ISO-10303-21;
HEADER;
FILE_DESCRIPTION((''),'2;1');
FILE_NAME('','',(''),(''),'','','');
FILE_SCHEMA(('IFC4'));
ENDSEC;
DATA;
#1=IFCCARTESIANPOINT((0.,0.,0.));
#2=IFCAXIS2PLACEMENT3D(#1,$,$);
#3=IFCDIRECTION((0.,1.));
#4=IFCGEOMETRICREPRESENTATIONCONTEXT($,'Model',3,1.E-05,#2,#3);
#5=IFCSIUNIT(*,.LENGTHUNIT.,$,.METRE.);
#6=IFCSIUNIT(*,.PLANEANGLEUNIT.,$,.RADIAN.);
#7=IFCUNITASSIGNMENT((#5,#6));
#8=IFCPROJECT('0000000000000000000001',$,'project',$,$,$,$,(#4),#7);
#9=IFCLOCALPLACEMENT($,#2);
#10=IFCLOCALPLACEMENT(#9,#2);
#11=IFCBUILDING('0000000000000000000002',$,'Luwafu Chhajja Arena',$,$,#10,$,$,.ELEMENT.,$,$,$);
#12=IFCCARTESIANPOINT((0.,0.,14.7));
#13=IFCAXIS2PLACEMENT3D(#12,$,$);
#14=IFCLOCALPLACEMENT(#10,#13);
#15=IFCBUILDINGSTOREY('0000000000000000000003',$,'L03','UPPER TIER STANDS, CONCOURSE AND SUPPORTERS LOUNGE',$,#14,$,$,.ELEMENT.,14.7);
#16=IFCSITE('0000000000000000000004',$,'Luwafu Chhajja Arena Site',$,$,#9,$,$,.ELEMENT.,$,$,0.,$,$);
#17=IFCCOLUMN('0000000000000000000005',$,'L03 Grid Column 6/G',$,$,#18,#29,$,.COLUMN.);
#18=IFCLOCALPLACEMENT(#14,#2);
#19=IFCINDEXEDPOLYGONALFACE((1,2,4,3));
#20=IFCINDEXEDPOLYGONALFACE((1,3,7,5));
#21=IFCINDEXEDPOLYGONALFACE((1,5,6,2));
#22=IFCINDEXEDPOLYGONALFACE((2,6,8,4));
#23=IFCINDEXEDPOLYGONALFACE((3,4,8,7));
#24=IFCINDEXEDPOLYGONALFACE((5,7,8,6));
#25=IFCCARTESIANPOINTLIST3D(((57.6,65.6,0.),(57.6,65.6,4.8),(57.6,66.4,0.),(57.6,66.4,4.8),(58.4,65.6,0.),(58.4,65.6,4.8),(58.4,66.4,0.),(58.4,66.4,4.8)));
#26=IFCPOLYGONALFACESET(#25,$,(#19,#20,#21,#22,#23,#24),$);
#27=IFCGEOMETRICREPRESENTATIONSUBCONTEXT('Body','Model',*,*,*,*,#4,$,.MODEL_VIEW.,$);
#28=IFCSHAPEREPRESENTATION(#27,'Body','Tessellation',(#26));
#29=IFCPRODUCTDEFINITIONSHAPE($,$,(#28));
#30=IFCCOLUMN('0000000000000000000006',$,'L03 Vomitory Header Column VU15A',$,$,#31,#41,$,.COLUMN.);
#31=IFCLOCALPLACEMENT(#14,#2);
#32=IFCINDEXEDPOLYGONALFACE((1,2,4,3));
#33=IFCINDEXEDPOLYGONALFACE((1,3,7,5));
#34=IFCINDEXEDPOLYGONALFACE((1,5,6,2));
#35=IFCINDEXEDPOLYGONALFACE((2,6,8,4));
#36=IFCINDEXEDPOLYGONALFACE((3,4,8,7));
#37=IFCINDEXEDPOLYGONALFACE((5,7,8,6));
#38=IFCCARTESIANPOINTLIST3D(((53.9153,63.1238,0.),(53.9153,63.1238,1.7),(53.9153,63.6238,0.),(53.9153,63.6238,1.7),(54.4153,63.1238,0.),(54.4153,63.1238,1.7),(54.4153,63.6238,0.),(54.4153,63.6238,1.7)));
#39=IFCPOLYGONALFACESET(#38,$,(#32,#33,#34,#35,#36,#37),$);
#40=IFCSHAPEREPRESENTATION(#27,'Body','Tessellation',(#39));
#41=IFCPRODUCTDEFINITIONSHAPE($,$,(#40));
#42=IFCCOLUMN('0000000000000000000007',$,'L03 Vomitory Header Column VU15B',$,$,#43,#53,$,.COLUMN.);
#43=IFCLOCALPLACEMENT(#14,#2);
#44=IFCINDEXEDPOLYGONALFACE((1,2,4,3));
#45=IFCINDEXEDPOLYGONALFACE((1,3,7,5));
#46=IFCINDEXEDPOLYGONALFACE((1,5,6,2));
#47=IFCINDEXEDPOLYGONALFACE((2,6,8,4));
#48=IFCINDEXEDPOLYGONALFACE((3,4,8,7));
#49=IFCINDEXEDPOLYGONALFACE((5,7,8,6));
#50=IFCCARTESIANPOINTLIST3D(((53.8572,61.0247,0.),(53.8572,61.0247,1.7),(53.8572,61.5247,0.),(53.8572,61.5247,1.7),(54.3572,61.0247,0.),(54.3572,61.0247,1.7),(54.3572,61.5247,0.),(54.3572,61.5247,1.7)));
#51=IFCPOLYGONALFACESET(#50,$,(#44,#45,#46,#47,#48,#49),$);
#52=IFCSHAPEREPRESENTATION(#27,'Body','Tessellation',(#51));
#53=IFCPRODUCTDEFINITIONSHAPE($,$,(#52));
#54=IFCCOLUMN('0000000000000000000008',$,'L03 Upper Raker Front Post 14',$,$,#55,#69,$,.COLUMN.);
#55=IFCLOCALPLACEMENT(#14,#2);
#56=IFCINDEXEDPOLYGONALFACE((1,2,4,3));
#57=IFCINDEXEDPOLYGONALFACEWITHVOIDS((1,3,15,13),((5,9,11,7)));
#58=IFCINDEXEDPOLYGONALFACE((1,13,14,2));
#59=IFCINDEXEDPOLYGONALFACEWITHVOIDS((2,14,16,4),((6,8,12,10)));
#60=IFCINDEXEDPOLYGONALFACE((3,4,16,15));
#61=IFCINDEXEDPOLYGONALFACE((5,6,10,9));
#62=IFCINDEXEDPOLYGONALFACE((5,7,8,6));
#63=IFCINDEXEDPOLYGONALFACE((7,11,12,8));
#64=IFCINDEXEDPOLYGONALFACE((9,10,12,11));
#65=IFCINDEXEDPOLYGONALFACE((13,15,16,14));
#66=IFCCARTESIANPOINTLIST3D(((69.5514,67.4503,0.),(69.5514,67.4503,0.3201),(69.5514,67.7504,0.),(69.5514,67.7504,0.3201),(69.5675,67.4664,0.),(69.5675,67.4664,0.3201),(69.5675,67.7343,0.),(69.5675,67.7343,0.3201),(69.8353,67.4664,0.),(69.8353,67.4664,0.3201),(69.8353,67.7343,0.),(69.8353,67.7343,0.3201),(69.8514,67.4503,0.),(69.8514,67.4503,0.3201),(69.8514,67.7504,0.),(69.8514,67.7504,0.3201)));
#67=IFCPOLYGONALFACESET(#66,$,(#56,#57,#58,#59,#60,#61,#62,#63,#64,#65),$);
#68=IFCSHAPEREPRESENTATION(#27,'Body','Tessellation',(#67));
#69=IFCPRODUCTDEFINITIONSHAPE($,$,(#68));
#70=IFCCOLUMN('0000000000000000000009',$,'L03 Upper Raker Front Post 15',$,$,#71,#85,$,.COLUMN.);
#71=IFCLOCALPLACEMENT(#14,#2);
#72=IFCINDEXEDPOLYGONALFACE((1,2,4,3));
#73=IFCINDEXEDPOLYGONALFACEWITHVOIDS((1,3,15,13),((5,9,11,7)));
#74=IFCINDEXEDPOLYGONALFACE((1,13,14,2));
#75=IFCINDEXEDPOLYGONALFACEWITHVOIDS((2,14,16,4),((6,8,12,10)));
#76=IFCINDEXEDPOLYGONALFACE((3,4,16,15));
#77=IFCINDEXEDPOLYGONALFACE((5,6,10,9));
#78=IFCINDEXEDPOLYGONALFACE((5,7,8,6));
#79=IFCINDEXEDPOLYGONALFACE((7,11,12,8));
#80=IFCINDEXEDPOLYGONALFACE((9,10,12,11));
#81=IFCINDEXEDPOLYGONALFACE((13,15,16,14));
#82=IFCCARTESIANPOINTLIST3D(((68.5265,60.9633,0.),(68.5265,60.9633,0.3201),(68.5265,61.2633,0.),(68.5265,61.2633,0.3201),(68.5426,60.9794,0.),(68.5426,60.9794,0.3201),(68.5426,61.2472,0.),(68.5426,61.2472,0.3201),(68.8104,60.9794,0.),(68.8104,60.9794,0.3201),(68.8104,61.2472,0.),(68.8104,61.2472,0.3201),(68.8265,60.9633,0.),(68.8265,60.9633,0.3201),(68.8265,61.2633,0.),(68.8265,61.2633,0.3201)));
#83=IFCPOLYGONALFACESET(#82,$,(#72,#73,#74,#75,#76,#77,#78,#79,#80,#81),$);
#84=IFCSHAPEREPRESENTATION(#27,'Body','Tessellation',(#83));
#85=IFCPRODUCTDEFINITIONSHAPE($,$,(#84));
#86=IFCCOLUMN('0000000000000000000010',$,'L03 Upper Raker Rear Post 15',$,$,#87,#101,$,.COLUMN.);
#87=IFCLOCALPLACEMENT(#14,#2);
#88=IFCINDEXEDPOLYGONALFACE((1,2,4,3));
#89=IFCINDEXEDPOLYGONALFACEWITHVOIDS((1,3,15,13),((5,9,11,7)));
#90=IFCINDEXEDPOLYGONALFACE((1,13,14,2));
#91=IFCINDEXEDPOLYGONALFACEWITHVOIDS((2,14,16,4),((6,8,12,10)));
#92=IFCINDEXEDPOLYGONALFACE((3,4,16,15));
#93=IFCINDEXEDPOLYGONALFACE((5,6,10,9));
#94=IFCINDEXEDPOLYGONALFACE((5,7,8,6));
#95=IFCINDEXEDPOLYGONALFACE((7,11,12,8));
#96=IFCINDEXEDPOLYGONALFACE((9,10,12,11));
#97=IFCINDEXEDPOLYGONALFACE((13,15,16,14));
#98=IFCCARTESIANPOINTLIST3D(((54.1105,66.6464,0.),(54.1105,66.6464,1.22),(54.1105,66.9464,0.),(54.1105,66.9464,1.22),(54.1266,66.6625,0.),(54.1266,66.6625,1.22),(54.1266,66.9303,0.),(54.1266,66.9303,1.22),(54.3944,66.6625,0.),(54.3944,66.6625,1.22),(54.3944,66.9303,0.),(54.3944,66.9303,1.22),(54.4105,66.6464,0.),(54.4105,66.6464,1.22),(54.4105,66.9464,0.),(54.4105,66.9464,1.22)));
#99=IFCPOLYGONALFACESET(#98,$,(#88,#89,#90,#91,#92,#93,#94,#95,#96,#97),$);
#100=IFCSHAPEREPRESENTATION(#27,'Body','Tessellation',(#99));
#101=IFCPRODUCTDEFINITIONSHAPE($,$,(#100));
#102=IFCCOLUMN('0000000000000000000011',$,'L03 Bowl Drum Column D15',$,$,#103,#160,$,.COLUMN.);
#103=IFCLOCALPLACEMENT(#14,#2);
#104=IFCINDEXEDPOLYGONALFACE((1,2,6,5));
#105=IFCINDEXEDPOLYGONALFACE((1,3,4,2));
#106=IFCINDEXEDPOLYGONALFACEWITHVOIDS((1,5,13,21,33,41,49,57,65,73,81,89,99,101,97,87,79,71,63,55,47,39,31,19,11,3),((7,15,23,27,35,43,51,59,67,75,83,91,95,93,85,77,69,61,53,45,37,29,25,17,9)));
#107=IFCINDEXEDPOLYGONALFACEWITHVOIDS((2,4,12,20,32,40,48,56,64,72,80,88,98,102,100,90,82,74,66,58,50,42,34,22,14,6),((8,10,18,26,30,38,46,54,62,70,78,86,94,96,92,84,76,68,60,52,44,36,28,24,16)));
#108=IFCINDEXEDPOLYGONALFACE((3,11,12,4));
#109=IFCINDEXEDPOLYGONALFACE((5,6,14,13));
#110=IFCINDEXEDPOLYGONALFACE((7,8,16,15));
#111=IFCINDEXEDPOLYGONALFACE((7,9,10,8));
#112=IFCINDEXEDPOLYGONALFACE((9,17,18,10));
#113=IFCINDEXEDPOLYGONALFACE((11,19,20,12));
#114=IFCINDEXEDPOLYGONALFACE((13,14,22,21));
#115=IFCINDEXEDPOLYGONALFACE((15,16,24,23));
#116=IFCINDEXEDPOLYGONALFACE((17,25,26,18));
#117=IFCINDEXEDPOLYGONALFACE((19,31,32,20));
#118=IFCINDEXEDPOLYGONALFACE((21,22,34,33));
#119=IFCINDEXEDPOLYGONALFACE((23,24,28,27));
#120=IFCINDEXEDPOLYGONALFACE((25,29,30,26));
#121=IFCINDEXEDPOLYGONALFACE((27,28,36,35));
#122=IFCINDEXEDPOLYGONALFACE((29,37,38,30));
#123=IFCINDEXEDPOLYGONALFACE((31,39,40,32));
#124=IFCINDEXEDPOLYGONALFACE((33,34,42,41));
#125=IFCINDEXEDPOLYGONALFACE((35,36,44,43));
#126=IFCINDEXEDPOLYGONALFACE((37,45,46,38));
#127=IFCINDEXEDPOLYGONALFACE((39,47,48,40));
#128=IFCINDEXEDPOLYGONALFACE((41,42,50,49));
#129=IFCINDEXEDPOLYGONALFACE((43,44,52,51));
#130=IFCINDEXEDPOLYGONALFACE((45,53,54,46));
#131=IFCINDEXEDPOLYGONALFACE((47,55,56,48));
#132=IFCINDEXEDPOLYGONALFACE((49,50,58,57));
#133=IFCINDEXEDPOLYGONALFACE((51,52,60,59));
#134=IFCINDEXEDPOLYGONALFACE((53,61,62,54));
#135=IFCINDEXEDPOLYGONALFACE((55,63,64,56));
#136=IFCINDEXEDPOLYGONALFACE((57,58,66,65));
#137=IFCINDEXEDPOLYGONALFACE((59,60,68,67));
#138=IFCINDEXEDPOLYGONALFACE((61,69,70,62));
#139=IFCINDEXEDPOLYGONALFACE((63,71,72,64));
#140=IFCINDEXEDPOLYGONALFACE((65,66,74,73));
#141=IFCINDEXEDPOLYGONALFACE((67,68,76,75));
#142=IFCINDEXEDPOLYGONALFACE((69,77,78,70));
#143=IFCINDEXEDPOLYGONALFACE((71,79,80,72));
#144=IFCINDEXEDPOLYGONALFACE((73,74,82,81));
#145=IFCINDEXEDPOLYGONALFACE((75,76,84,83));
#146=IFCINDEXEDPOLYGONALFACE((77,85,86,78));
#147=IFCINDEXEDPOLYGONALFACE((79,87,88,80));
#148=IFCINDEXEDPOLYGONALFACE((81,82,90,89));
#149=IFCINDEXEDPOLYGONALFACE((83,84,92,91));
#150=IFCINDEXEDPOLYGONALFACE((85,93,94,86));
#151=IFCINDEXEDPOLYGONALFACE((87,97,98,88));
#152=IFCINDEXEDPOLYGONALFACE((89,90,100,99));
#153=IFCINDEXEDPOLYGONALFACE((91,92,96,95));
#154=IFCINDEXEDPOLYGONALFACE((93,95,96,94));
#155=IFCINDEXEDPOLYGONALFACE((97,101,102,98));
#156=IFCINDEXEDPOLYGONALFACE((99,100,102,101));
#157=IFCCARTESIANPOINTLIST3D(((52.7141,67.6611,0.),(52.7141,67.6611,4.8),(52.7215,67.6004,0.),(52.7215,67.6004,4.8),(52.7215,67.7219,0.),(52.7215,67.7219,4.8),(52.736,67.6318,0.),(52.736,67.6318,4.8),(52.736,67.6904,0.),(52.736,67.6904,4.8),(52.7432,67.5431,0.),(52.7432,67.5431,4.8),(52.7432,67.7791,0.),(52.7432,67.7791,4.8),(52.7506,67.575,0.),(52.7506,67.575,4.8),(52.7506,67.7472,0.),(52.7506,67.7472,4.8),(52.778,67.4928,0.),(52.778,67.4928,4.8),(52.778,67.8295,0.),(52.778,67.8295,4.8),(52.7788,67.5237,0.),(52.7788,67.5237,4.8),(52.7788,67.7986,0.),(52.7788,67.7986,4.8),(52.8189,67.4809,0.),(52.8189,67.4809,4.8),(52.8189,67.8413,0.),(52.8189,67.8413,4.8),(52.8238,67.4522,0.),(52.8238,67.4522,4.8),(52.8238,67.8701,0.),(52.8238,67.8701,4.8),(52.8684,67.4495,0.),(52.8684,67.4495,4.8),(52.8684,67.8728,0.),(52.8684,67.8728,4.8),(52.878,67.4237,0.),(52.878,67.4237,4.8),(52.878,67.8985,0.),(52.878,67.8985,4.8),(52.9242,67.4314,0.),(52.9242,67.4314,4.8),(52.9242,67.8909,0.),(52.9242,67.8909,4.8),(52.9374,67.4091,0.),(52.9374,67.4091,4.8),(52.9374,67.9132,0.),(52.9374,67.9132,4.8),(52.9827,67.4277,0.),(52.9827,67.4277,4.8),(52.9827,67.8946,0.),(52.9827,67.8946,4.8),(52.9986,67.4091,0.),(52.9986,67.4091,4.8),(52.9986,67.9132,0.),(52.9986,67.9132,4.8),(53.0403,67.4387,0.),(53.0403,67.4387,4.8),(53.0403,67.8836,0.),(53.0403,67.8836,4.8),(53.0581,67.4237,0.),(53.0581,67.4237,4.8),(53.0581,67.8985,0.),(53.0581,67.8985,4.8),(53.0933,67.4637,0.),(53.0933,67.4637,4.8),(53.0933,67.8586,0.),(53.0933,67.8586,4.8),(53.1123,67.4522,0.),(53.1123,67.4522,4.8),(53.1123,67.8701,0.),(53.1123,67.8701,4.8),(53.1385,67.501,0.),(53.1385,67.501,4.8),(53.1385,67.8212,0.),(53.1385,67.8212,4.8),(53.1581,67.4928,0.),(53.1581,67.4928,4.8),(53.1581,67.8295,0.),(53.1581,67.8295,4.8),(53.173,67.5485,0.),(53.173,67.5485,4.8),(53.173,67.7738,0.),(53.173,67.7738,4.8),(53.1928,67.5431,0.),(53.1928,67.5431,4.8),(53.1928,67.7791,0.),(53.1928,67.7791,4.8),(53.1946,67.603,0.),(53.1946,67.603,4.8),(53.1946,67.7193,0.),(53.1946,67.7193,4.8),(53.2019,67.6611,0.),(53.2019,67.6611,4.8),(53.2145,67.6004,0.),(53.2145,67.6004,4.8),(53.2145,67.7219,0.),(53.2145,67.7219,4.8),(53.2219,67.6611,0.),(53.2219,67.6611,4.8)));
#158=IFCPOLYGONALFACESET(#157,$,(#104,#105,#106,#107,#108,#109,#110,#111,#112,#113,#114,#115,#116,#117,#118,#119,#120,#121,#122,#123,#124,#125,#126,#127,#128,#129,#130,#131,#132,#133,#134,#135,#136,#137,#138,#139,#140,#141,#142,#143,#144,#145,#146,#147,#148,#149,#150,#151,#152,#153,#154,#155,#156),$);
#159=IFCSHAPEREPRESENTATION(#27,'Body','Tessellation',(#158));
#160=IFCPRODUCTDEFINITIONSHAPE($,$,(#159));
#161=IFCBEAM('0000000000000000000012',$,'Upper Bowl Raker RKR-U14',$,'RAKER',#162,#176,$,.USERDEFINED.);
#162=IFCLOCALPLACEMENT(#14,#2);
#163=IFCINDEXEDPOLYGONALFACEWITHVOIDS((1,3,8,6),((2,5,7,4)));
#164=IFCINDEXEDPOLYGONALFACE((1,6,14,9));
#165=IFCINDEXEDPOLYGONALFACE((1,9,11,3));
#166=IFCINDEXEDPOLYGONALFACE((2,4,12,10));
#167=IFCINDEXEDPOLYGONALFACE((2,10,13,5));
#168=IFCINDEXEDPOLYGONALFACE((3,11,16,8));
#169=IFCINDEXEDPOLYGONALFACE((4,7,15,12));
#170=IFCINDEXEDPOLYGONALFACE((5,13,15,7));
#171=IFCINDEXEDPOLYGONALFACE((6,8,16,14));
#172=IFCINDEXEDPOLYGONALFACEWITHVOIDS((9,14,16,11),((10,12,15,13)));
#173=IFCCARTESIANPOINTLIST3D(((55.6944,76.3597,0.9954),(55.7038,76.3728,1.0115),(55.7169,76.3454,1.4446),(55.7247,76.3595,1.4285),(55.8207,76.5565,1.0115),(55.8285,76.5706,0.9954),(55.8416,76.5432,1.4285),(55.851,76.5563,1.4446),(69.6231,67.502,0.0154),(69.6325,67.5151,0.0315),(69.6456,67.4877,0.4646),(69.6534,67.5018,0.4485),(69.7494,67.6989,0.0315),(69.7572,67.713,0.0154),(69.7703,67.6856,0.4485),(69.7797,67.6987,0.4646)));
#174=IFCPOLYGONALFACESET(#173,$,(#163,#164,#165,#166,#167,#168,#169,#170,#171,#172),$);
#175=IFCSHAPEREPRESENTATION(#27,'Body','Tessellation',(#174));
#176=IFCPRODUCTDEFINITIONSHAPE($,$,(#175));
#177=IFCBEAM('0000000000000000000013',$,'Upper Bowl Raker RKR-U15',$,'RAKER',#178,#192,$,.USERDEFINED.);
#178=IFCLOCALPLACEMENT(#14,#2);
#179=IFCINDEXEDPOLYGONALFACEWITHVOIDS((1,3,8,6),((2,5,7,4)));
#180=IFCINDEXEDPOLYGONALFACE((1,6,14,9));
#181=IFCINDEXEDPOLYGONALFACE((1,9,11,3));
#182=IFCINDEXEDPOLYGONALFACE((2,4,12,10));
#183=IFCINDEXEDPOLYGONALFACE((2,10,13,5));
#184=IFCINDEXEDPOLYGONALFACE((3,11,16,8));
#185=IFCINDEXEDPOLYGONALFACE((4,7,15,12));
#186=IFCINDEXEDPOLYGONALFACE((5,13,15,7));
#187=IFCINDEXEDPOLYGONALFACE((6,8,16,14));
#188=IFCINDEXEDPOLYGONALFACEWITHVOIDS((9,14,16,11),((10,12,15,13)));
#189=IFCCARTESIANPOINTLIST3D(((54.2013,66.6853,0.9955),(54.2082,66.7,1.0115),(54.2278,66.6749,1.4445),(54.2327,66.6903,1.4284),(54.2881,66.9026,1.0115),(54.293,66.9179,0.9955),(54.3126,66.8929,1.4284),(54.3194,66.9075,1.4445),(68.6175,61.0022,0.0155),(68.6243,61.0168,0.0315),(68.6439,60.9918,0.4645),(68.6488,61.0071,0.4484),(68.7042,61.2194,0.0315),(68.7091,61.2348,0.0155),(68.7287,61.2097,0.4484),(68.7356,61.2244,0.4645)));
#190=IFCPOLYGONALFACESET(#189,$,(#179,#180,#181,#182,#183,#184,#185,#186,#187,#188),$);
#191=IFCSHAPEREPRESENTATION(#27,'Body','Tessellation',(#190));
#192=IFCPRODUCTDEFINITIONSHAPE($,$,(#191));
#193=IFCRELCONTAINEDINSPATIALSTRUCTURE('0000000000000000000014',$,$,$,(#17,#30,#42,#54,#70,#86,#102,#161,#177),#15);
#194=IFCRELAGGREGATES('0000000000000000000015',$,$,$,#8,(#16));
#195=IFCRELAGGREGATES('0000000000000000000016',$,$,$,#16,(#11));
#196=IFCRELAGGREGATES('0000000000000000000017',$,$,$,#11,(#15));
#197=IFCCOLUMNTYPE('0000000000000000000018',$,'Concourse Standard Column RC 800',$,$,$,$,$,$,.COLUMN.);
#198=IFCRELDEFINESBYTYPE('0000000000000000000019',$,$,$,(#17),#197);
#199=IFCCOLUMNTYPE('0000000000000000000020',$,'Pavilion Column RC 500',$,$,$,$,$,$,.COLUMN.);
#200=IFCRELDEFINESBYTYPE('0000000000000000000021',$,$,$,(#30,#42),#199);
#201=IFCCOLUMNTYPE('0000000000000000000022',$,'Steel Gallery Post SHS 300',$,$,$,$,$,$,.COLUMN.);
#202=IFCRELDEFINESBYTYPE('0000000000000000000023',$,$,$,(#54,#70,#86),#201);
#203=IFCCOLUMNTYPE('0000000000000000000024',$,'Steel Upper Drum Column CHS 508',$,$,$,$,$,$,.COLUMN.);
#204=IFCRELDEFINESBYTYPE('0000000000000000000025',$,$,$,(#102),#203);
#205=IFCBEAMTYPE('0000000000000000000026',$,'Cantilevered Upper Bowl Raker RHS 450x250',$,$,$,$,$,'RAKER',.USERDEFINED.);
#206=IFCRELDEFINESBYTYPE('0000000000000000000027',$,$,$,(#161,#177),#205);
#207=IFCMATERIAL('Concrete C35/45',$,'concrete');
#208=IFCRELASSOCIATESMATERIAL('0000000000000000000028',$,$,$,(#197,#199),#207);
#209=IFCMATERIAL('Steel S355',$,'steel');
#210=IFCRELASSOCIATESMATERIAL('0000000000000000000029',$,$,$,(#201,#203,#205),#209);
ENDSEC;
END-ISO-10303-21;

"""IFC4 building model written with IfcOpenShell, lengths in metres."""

from ifc_helpers import new_model, si_unit, direction, frame, origin, origin_2d, place, context, subcontext, project, spatial, rectangle, hollow_rectangle, hollow_circle, extrude, material, material_profile, profile_set, type_object, element, save


model = new_model("IFC4")

# Units and contexts
model_context = context("Model", 3, precision=1e-05, world=origin(), true_north=direction((0.0, 1.0)))
body_context = subcontext(model_context, "Body", "Model", "MODEL_VIEW")
ifc_project = project(units=[si_unit("LENGTHUNIT", "METRE"), si_unit("PLANEANGLEUNIT", "RADIAN")], contexts=[model_context])

# Site, building, storey
site_placement = place(None, origin())
site = spatial("IfcSite", under=ifc_project, at=site_placement, Name="Luwafu Chhajja Arena Site", CompositionType="ELEMENT", RefElevation=0.0)
building_placement = place(site_placement, origin())
building = spatial("IfcBuilding", under=site, at=building_placement, Name="Luwafu Chhajja Arena", CompositionType="ELEMENT")
storey_placement = place(building_placement, frame((0.0, 0.0, 14.7)))
storey = spatial("IfcBuildingStorey", under=building, at=storey_placement, Name="L03", Description="UPPER TIER STANDS, CONCOURSE AND SUPPORTERS LOUNGE", CompositionType="ELEMENT", Elevation=14.7)

# Columns
ifc_material_1 = material(Name="Concrete C35/45", Category="concrete")
ifc_material_profile_1 = material_profile(ifc_material_1, rectangle(XDim=0.8, YDim=0.8, at=origin_2d()), Name="RC 800x800")
ifc_profile_set_1 = profile_set([ifc_material_profile_1], Name="Concrete C35/45")
column_type_1 = type_object("IfcColumnType", Name="Concourse Standard Column RC 800", PredefinedType="COLUMN", material=ifc_profile_set_1)
column_1_placement = place(storey_placement, frame((58.0, 66.0, 0.0), z_axis=(0.0, 0.0, 1.0), x_axis=(1.0, 0.0, 0.0)))
element("IfcColumn", 1, at=column_1_placement, inside=storey, type_object=column_type_1, Name="L03 Grid Column 6/G", PredefinedType="COLUMN", context=body_context, shape_type="SweptSolid", body=[
    extrude(rectangle(XDim=0.8, YDim=0.8, at=origin_2d()), origin(), (0.0, 0.0, 1.0), 4.8),
])
ifc_material_profile_2 = material_profile(ifc_material_1, rectangle(XDim=0.5, YDim=0.5, at=origin_2d()), Name="RC 500x500")
ifc_profile_set_2 = profile_set([ifc_material_profile_2], Name="Concrete C35/45")
column_type_2 = type_object("IfcColumnType", Name="Pavilion Column RC 500", PredefinedType="COLUMN", material=ifc_profile_set_2)
for number, where, z_axis, x_axis, name in (
    (2, (54.1653, 63.3738, 0.0), (0.0, 0.0, 1.0), (1.0, 0.0, 0.0), "L03 Vomitory Header Column VU15A"),
    (3, (54.1072, 61.2747, 0.0), (0.0, 0.0, 1.0), (1.0, 0.0, 0.0), "L03 Vomitory Header Column VU15B"),
):
    element("IfcColumn", number, at=place(storey_placement, frame(where, z_axis=z_axis, x_axis=x_axis)), inside=storey, type_object=column_type_2, Name=name, PredefinedType="COLUMN", context=body_context, shape_type="SweptSolid", body=[
        extrude(rectangle(XDim=0.5, YDim=0.5, at=origin_2d()), origin(), (0.0, 0.0, 1.0), 1.7),
    ])
ifc_material_2 = material(Name="Steel S355", Category="steel")
ifc_material_profile_3 = material_profile(ifc_material_2, hollow_rectangle(XDim=0.3, YDim=0.3, WallThickness=0.0161, at=origin_2d()), Name="SHS 300x300x16")
ifc_profile_set_3 = profile_set([ifc_material_profile_3], Name="Steel S355")
column_type_3 = type_object("IfcColumnType", Name="Steel Gallery Post SHS 300", PredefinedType="COLUMN", material=ifc_profile_set_3)
for number, where, z_axis, x_axis, name in (
    (4, (69.7014, 67.6003, 0.0), (0.0, 0.0, 1.0), (1.0, 0.0, 0.0), "L03 Upper Raker Front Post 14"),
    (5, (68.6765, 61.1133, 0.0), (0.0, 0.0, 1.0), (1.0, 0.0, 0.0), "L03 Upper Raker Front Post 15"),
):
    element("IfcColumn", number, at=place(storey_placement, frame(where, z_axis=z_axis, x_axis=x_axis)), inside=storey, type_object=column_type_3, Name=name, PredefinedType="COLUMN", context=body_context, shape_type="SweptSolid", body=[
        extrude(hollow_rectangle(XDim=0.3, YDim=0.3, WallThickness=0.0161, at=origin_2d()), origin(), (0.0, 0.0, 1.0), 0.3201),
    ])
column_2_placement = place(storey_placement, frame((54.2605, 66.7964, 0.0), z_axis=(0.0, 0.0, 1.0), x_axis=(1.0, 0.0, 0.0)))
element("IfcColumn", 6, at=column_2_placement, inside=storey, type_object=column_type_3, Name="L03 Upper Raker Rear Post 15", PredefinedType="COLUMN", context=body_context, shape_type="SweptSolid", body=[
    extrude(hollow_rectangle(XDim=0.3, YDim=0.3, WallThickness=0.0161, at=origin_2d()), origin(), (0.0, 0.0, 1.0), 1.22),
])
ifc_material_profile_4 = material_profile(ifc_material_2, hollow_circle(Radius=0.2539, WallThickness=0.02, at=origin_2d()), Name="CHS 508x20")
ifc_profile_set_4 = profile_set([ifc_material_profile_4], Name="Steel S355")
column_type_4 = type_object("IfcColumnType", Name="Steel Upper Drum Column CHS 508", PredefinedType="COLUMN", material=ifc_profile_set_4)
column_3_placement = place(storey_placement, frame((52.968, 67.6611, 0.0), z_axis=(0.0, 0.0, 1.0), x_axis=(1.0, 0.0, 0.0)))
element("IfcColumn", 7, at=column_3_placement, inside=storey, type_object=column_type_4, Name="L03 Bowl Drum Column D15", PredefinedType="COLUMN", context=body_context, shape_type="SweptSolid", body=[
    extrude(hollow_circle(Radius=0.2539, WallThickness=0.02, at=origin_2d()), origin(), (0.0, 0.0, 1.0), 4.8),
])

# Beams
ifc_material_profile_5 = material_profile(ifc_material_2, hollow_rectangle(XDim=0.25, YDim=0.45, WallThickness=0.0161, at=origin_2d()), Name="RHS 450x250x16")
ifc_profile_set_5 = profile_set([ifc_material_profile_5], Name="Steel S355")
beam_type_1 = type_object("IfcBeamType", Name="Cantilevered Upper Bowl Raker RHS 450x250", ElementType="RAKER", PredefinedType="USERDEFINED", material=ifc_profile_set_5)
beam_1_placement = place(storey_placement, frame((69.7014, 67.6003, 0.24), z_axis=(-0.842345, 0.535671, 0.059265), x_axis=(-0.536614, -0.843828, 0.0)))
element("IfcBeam", 8, at=beam_1_placement, inside=storey, type_object=beam_type_1, Name="Upper Bowl Raker RKR-U14", ObjectType="RAKER", PredefinedType="USERDEFINED", context=body_context, shape_type="SweptSolid", body=[
    extrude(hollow_rectangle(XDim=0.25, YDim=0.45, WallThickness=0.0161, at=origin_2d()), origin(), (0.0, 0.0, 1.0), 16.5356),
])
beam_2_placement = place(storey_placement, frame((68.6765, 61.1133, 0.24), z_axis=(-0.928464, 0.366021, 0.063116), x_axis=(-0.366752, -0.930319, 0.0)))
element("IfcBeam", 9, at=beam_2_placement, inside=storey, type_object=beam_type_1, Name="Upper Bowl Raker RKR-U15", ObjectType="RAKER", PredefinedType="USERDEFINED", context=body_context, shape_type="SweptSolid", body=[
    extrude(hollow_rectangle(XDim=0.25, YDim=0.45, WallThickness=0.0161, at=origin_2d()), origin(), (0.0, 0.0, 1.0), 15.5269),
])

save(model, "model.ifc")
